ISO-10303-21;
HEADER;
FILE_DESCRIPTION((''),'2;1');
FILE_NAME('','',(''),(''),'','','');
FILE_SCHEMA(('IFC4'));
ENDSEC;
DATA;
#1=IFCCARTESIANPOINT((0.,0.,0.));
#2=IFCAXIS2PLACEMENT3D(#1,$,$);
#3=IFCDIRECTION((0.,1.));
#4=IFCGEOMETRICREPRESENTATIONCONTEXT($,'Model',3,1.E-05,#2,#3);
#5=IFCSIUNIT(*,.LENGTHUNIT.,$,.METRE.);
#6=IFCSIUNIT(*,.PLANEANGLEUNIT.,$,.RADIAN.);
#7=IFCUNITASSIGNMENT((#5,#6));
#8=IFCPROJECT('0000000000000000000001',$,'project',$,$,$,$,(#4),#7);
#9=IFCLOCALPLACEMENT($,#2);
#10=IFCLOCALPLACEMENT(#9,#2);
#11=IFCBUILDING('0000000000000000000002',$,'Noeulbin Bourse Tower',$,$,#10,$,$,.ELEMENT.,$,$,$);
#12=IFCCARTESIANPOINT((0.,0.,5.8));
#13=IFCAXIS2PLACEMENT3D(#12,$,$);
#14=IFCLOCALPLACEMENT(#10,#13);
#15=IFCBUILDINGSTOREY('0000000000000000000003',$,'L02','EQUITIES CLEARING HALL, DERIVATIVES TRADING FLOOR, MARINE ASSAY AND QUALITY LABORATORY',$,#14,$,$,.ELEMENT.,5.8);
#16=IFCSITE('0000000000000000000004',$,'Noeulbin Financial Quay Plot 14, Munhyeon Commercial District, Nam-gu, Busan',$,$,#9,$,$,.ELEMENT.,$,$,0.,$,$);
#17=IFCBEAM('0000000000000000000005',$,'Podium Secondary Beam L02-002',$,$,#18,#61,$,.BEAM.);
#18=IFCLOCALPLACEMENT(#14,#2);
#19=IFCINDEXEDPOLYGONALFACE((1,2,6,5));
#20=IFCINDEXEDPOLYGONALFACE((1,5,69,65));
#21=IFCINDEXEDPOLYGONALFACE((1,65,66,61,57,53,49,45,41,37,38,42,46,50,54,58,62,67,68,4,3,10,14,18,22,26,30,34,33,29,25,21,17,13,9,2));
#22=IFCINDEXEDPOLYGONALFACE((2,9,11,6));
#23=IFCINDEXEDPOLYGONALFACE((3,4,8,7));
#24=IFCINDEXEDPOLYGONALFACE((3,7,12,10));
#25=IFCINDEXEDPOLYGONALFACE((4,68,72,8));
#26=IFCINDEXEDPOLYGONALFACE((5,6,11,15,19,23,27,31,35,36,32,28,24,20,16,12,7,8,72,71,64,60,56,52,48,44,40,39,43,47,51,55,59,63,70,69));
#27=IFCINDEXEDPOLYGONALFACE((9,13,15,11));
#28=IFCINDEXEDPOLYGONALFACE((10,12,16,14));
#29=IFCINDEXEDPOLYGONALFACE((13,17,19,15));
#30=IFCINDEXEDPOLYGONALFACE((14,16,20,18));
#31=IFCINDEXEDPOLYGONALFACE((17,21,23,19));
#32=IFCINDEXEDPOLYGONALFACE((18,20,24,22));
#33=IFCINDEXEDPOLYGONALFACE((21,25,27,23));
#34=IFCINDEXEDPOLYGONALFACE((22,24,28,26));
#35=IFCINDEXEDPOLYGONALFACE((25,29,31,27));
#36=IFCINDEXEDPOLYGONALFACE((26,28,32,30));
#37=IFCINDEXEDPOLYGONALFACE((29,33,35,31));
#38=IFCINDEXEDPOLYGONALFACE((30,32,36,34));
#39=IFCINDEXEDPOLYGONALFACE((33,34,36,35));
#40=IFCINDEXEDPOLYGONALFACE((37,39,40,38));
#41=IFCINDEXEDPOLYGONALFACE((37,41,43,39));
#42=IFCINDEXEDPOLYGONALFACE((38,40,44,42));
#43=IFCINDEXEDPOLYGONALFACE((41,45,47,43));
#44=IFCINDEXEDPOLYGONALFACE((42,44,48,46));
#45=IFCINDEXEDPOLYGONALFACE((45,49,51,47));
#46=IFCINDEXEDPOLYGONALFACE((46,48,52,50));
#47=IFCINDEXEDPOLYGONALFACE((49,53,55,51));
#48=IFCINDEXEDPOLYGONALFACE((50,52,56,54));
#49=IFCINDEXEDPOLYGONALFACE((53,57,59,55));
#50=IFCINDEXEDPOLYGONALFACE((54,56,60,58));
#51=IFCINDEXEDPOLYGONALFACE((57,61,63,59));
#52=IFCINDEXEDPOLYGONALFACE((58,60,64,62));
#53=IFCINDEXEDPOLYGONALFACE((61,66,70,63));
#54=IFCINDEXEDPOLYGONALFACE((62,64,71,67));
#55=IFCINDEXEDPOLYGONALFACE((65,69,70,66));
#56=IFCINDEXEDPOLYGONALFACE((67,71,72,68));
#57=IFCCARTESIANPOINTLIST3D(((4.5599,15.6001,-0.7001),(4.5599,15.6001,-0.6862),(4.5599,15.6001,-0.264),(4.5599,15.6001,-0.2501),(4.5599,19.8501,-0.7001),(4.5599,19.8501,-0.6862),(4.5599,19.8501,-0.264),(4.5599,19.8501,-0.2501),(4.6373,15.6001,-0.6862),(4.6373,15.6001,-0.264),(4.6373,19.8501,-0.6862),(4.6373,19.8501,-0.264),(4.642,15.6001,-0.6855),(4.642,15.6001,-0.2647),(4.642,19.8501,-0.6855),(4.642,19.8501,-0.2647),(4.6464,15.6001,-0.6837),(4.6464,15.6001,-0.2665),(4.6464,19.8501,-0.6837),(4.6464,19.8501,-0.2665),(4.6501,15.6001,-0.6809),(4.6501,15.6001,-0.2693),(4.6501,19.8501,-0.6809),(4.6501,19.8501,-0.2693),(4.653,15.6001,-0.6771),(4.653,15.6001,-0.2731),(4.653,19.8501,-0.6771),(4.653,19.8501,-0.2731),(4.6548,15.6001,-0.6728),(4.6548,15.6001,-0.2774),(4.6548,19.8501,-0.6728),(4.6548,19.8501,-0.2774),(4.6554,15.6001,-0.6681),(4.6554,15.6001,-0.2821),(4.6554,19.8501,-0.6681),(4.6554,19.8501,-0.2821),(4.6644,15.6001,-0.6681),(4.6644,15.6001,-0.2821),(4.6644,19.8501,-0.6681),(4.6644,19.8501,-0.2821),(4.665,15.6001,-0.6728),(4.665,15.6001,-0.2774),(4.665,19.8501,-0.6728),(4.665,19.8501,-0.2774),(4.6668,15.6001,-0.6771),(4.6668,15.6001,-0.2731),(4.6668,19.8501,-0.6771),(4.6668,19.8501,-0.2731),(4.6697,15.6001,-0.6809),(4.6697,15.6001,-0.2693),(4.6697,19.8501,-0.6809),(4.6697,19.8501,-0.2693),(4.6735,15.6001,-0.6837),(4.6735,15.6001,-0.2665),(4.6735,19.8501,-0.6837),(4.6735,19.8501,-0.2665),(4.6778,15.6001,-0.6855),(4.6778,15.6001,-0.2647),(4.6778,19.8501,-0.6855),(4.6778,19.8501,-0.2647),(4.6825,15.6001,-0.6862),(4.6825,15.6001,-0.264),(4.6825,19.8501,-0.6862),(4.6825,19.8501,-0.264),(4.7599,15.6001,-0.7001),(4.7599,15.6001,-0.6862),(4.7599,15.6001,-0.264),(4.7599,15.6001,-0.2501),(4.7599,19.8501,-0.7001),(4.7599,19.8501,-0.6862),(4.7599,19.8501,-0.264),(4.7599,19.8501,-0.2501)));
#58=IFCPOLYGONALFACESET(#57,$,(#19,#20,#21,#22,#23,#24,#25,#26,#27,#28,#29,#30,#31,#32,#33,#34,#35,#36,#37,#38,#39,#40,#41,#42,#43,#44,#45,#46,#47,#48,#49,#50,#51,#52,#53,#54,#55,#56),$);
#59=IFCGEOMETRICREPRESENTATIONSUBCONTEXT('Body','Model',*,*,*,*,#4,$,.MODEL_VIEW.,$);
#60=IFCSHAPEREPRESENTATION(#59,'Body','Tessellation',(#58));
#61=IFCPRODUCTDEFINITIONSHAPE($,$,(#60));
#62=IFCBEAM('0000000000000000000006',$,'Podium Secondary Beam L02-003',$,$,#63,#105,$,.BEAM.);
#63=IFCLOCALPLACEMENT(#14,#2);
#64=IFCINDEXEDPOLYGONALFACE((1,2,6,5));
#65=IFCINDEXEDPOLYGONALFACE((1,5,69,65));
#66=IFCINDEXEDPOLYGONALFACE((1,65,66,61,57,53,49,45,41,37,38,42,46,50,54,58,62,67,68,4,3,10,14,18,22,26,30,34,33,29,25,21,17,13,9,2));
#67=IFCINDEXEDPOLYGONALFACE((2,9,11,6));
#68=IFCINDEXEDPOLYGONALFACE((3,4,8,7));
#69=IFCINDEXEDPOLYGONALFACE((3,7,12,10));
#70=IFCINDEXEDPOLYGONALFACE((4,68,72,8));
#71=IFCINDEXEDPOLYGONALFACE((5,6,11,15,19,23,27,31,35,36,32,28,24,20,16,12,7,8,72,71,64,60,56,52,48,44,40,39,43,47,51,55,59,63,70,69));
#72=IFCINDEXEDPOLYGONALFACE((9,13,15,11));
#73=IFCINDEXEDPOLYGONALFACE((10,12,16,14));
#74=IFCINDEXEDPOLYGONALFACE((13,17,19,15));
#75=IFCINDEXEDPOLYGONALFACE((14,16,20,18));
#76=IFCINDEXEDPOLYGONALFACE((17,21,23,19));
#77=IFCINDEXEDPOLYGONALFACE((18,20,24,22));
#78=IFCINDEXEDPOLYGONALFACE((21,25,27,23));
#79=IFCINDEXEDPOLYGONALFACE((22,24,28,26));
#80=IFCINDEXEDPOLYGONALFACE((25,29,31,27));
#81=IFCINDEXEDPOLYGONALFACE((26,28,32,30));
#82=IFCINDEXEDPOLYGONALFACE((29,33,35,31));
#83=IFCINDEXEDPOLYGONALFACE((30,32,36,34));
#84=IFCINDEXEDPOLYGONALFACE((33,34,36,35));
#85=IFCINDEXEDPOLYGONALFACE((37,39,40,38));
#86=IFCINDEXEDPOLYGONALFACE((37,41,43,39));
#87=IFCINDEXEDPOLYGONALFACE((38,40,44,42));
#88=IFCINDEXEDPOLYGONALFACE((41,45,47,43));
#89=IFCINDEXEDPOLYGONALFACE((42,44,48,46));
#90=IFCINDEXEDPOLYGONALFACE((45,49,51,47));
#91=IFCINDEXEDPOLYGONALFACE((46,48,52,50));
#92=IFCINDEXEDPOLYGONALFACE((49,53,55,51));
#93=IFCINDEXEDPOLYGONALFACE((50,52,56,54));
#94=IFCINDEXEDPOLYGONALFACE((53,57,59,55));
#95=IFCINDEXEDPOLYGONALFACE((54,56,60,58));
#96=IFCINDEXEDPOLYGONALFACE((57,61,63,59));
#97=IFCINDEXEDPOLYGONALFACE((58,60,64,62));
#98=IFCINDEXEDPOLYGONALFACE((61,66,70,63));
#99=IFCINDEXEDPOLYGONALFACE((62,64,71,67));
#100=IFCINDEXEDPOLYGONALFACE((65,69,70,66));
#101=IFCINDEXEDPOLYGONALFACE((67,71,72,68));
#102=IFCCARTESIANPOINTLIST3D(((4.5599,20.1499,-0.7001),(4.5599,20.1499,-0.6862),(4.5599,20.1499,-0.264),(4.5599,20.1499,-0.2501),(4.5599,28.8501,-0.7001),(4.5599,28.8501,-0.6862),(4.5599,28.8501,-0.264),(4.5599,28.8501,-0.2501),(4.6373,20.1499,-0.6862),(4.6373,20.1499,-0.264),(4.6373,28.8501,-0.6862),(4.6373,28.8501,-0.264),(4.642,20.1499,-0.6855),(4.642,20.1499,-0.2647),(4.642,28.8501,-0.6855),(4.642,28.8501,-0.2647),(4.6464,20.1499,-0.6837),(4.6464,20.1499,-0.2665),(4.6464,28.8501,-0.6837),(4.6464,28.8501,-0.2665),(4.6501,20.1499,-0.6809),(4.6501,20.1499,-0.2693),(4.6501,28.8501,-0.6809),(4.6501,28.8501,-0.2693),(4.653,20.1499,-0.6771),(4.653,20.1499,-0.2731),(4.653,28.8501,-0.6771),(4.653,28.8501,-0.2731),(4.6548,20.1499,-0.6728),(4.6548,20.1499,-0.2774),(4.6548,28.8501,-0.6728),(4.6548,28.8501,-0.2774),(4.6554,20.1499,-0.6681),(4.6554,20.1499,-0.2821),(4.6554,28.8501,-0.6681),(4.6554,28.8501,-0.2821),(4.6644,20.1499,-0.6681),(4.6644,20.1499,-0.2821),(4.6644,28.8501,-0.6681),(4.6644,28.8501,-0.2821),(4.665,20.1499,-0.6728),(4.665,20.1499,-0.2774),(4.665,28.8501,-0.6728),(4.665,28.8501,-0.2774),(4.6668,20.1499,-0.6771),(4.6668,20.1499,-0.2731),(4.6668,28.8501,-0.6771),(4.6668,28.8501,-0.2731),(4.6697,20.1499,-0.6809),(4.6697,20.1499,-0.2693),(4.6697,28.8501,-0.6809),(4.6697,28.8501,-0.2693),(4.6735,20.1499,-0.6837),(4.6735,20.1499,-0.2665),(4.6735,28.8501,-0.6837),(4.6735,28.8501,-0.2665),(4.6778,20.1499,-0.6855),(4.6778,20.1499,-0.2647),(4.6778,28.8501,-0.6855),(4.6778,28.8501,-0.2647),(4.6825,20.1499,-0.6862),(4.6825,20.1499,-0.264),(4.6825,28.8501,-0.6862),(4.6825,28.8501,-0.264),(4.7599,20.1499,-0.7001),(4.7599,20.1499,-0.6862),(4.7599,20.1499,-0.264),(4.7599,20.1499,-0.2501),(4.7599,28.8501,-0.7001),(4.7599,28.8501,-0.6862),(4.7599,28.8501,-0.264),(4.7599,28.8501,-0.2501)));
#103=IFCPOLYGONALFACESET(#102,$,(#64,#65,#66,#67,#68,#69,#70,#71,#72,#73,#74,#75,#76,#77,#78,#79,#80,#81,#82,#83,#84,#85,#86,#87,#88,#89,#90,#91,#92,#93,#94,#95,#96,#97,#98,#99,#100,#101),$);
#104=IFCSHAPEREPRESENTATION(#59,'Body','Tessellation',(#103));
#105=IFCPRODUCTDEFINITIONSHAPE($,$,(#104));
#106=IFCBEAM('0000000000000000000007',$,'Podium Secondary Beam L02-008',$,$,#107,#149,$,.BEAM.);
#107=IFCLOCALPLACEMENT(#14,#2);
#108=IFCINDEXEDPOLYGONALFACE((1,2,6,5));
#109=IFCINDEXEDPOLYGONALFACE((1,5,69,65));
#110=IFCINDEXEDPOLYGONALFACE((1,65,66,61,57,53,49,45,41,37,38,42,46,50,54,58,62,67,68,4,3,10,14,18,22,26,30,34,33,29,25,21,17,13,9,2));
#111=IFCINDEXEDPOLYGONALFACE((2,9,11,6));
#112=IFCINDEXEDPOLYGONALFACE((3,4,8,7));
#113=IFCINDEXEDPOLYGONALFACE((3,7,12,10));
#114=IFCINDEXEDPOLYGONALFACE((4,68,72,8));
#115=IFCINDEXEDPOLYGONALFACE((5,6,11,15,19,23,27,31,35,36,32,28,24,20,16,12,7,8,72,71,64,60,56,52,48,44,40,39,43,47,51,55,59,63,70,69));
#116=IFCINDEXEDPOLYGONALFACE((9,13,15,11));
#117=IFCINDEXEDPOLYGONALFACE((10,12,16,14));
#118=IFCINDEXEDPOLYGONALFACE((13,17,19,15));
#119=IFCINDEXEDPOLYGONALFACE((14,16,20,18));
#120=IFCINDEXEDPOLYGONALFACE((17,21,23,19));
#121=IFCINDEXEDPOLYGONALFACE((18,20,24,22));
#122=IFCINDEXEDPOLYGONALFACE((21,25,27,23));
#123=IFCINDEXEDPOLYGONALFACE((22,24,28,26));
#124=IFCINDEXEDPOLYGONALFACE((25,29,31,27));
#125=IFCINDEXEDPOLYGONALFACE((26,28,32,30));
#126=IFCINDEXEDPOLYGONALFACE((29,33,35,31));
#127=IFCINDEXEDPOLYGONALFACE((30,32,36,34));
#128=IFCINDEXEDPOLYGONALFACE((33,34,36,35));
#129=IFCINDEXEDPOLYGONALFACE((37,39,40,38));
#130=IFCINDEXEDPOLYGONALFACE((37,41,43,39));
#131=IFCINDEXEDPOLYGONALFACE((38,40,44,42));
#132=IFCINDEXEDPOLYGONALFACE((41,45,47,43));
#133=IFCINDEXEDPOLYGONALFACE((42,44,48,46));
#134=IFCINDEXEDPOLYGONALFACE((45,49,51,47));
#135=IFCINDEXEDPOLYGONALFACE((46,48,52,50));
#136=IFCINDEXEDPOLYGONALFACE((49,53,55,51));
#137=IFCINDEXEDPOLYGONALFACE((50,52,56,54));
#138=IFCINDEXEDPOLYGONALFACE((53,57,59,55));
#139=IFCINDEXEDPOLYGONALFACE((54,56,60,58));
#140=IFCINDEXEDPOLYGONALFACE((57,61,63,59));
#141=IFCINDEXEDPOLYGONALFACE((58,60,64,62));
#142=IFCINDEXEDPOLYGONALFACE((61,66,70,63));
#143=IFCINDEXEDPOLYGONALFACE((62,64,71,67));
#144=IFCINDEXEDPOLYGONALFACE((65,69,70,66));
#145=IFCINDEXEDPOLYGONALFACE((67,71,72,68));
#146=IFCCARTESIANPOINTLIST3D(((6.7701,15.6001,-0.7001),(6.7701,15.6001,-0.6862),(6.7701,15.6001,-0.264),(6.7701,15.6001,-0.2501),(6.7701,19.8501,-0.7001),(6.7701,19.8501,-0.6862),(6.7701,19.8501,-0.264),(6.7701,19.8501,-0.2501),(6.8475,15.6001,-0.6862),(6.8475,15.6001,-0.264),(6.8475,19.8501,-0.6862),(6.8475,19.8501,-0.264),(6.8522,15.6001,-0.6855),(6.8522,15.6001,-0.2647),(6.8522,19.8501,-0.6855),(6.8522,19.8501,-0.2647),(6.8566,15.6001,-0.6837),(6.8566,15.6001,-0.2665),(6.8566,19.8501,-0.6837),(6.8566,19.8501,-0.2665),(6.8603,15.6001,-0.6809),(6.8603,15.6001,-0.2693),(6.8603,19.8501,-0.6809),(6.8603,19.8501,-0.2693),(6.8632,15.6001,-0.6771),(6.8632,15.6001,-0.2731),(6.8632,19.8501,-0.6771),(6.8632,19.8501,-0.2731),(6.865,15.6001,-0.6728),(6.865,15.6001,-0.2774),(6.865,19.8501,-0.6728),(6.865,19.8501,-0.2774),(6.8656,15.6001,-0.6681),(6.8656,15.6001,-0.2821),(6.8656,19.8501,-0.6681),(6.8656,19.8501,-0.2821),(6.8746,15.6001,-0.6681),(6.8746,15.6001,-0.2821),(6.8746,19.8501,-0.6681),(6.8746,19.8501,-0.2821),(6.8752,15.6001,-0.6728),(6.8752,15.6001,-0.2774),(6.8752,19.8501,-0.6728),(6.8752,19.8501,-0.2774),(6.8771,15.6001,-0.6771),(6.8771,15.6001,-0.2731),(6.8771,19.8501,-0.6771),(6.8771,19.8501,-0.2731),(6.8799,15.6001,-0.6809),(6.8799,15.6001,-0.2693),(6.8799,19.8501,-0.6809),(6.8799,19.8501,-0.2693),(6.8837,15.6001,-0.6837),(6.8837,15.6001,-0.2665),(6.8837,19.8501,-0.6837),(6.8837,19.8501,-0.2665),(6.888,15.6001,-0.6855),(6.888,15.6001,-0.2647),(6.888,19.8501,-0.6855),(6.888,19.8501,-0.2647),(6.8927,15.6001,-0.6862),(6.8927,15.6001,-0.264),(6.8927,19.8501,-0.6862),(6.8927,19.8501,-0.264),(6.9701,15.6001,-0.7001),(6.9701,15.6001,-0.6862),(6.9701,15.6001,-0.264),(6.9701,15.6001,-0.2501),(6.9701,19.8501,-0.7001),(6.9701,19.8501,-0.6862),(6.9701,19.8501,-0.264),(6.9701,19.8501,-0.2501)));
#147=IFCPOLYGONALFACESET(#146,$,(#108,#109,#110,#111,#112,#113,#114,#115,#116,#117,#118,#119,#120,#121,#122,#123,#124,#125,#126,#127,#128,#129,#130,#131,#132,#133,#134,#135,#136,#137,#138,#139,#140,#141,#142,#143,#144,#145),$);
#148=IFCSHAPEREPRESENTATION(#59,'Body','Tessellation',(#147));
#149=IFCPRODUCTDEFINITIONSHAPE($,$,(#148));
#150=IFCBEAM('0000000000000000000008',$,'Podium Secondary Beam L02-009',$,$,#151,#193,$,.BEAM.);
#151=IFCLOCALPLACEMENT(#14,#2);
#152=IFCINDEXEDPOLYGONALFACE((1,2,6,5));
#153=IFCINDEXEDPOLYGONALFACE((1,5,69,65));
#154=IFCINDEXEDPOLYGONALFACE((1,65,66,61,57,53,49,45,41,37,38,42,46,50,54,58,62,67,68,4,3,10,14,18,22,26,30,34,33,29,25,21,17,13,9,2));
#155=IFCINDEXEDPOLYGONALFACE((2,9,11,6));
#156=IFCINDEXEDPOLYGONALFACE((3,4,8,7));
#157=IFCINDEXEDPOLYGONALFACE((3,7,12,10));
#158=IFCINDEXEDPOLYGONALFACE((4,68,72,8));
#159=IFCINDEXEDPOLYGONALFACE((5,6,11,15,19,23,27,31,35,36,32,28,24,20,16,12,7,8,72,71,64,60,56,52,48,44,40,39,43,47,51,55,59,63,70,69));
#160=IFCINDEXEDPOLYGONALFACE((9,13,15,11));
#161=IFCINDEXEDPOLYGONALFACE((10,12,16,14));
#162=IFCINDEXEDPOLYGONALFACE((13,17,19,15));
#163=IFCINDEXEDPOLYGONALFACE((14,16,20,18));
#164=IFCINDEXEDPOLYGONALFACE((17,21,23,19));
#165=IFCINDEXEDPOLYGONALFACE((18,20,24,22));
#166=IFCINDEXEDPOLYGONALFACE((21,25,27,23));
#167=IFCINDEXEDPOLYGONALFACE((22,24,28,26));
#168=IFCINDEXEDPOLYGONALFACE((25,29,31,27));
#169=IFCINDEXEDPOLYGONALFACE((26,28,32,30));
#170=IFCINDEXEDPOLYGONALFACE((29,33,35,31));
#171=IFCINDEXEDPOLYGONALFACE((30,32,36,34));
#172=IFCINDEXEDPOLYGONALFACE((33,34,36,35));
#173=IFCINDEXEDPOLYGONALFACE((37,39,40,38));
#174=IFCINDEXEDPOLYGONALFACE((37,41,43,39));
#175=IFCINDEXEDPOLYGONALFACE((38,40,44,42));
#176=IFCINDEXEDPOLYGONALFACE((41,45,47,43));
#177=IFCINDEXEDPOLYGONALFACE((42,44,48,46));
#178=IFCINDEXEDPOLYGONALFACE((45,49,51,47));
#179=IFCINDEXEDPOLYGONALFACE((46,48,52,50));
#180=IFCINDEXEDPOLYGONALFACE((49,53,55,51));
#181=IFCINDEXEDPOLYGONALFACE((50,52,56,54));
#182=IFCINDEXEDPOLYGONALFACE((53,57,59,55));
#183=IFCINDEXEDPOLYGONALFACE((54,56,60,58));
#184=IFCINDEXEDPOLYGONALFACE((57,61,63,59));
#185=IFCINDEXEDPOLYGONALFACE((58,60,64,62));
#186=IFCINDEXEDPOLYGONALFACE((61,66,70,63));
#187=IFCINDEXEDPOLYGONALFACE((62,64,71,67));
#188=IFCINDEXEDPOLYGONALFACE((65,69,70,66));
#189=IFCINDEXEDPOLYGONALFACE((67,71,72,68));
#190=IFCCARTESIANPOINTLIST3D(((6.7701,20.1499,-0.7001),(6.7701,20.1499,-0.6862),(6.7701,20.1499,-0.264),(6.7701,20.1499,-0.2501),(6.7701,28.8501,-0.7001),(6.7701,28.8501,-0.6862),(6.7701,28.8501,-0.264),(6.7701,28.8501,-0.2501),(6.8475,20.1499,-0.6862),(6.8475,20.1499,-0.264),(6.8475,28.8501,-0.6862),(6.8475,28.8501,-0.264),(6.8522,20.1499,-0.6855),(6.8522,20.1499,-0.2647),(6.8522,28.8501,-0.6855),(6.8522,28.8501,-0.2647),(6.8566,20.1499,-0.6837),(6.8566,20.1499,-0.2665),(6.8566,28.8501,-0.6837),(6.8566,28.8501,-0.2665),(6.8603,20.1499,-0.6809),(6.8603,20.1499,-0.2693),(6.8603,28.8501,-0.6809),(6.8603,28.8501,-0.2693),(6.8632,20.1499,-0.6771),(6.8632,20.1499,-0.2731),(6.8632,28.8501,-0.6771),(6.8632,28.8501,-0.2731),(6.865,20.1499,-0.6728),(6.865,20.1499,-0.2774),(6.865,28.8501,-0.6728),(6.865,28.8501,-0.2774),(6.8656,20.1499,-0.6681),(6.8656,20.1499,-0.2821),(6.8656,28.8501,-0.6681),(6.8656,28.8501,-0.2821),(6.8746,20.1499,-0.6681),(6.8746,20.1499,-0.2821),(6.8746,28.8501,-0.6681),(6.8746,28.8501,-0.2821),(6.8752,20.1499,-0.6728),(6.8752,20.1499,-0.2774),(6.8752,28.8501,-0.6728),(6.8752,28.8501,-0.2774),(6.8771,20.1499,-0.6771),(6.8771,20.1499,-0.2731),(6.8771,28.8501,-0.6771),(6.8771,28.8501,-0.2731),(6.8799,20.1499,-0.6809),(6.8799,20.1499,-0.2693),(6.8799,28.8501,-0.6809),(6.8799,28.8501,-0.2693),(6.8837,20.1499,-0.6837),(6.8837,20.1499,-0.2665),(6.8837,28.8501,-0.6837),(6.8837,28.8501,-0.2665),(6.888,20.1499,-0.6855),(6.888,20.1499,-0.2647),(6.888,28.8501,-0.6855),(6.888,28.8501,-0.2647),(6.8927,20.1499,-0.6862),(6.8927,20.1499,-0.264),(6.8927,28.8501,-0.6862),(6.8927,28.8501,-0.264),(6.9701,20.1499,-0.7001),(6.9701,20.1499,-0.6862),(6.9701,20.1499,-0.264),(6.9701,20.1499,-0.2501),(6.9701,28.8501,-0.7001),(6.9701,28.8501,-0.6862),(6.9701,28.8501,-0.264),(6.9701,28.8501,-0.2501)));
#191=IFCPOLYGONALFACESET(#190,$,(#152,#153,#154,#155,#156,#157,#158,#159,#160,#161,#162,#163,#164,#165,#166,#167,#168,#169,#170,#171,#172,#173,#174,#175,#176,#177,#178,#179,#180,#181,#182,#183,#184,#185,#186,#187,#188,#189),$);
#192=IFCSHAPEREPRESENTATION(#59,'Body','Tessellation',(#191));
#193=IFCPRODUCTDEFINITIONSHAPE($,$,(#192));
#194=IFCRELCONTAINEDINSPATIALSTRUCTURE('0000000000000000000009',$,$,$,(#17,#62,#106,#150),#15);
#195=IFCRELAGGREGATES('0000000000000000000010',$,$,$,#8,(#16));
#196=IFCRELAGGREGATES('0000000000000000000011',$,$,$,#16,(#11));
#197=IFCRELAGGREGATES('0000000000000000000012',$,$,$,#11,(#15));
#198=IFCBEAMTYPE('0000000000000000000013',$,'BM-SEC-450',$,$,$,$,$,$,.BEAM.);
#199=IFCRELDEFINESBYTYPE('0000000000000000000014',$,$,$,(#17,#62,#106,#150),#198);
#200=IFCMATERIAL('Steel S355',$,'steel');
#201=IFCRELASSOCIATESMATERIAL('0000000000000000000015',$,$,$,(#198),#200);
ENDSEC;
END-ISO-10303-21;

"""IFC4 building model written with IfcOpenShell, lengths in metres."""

from ifc_helpers import new_model, si_unit, direction, frame, origin, origin_2d, place, context, subcontext, project, spatial, i_section, extrude, material, material_profile, profile_set, type_object, element, save


model = new_model("IFC4")

# Units and contexts
model_context = context("Model", 3, precision=1e-05, world=origin(), true_north=direction((0.0, 1.0)))
body_context = subcontext(model_context, "Body", "Model", "MODEL_VIEW")
ifc_project = project(units=[si_unit("LENGTHUNIT", "METRE"), si_unit("PLANEANGLEUNIT", "RADIAN")], contexts=[model_context])

# Site, building, storey
site_placement = place(None, origin())
site = spatial("IfcSite", under=ifc_project, at=site_placement, Name="Noeulbin Financial Quay Plot 14, Munhyeon Commercial District, Nam-gu, Busan", CompositionType="ELEMENT", RefElevation=0.0)
building_placement = place(site_placement, origin())
building = spatial("IfcBuilding", under=site, at=building_placement, Name="Noeulbin Bourse Tower", CompositionType="ELEMENT")
storey_placement = place(building_placement, frame((0.0, 0.0, 5.8)))
storey = spatial("IfcBuildingStorey", under=building, at=storey_placement, Name="L02", Description="EQUITIES CLEARING HALL, DERIVATIVES TRADING FLOOR, MARINE ASSAY AND QUALITY LABORATORY", CompositionType="ELEMENT", Elevation=5.8)

# Beams
ifc_material_1 = material(Name="Steel S355", Category="steel")
ifc_material_profile_1 = material_profile(ifc_material_1, i_section(OverallWidth=0.2, OverallDepth=0.45, WebThickness=0.009, FlangeThickness=0.0139, FilletRadius=0.0181, at=origin_2d()), Name="H-450x200x9x14", Category="LoadBearing")
ifc_profile_set_1 = profile_set([ifc_material_profile_1], Name="Steel S355")
beam_type_1 = type_object("IfcBeamType", Name="BM-SEC-450", PredefinedType="BEAM", material=ifc_profile_set_1)
beam_1_placement = place(storey_placement, frame((4.6599, 15.6001, -0.4751), z_axis=(0.0, 1.0, 0.0), x_axis=(-1.0, 0.0, 0.0)))
element("IfcBeam", 1, at=beam_1_placement, inside=storey, type_object=beam_type_1, Name="Podium Secondary Beam L02-002", PredefinedType="BEAM", context=body_context, shape_type="SweptSolid", body=[
    extrude(i_section(OverallWidth=0.2, OverallDepth=0.45, WebThickness=0.009, FlangeThickness=0.0139, FilletRadius=0.0181, at=origin_2d()), origin(), (0.0, 0.0, 1.0), 4.25),
])
beam_2_placement = place(storey_placement, frame((4.6599, 20.1499, -0.4751), z_axis=(0.0, 1.0, 0.0), x_axis=(-1.0, 0.0, 0.0)))
element("IfcBeam", 2, at=beam_2_placement, inside=storey, type_object=beam_type_1, Name="Podium Secondary Beam L02-003", PredefinedType="BEAM", context=body_context, shape_type="SweptSolid", body=[
    extrude(i_section(OverallWidth=0.2, OverallDepth=0.45, WebThickness=0.009, FlangeThickness=0.0139, FilletRadius=0.0181, at=origin_2d()), origin(), (0.0, 0.0, 1.0), 8.7002),
])
beam_3_placement = place(storey_placement, frame((6.8701, 15.6001, -0.4751), z_axis=(0.0, 1.0, 0.0), x_axis=(-1.0, 0.0, 0.0)))
element("IfcBeam", 3, at=beam_3_placement, inside=storey, type_object=beam_type_1, Name="Podium Secondary Beam L02-008", PredefinedType="BEAM", context=body_context, shape_type="SweptSolid", body=[
    extrude(i_section(OverallWidth=0.2, OverallDepth=0.45, WebThickness=0.009, FlangeThickness=0.0139, FilletRadius=0.0181, at=origin_2d()), origin(), (0.0, 0.0, 1.0), 4.25),
])
beam_4_placement = place(storey_placement, frame((6.8701, 20.1499, -0.4751), z_axis=(0.0, 1.0, 0.0), x_axis=(-1.0, 0.0, 0.0)))
element("IfcBeam", 4, at=beam_4_placement, inside=storey, type_object=beam_type_1, Name="Podium Secondary Beam L02-009", PredefinedType="BEAM", context=body_context, shape_type="SweptSolid", body=[
    extrude(i_section(OverallWidth=0.2, OverallDepth=0.45, WebThickness=0.009, FlangeThickness=0.0139, FilletRadius=0.0181, at=origin_2d()), origin(), (0.0, 0.0, 1.0), 8.7002),
])

save(model, "model.ifc")
